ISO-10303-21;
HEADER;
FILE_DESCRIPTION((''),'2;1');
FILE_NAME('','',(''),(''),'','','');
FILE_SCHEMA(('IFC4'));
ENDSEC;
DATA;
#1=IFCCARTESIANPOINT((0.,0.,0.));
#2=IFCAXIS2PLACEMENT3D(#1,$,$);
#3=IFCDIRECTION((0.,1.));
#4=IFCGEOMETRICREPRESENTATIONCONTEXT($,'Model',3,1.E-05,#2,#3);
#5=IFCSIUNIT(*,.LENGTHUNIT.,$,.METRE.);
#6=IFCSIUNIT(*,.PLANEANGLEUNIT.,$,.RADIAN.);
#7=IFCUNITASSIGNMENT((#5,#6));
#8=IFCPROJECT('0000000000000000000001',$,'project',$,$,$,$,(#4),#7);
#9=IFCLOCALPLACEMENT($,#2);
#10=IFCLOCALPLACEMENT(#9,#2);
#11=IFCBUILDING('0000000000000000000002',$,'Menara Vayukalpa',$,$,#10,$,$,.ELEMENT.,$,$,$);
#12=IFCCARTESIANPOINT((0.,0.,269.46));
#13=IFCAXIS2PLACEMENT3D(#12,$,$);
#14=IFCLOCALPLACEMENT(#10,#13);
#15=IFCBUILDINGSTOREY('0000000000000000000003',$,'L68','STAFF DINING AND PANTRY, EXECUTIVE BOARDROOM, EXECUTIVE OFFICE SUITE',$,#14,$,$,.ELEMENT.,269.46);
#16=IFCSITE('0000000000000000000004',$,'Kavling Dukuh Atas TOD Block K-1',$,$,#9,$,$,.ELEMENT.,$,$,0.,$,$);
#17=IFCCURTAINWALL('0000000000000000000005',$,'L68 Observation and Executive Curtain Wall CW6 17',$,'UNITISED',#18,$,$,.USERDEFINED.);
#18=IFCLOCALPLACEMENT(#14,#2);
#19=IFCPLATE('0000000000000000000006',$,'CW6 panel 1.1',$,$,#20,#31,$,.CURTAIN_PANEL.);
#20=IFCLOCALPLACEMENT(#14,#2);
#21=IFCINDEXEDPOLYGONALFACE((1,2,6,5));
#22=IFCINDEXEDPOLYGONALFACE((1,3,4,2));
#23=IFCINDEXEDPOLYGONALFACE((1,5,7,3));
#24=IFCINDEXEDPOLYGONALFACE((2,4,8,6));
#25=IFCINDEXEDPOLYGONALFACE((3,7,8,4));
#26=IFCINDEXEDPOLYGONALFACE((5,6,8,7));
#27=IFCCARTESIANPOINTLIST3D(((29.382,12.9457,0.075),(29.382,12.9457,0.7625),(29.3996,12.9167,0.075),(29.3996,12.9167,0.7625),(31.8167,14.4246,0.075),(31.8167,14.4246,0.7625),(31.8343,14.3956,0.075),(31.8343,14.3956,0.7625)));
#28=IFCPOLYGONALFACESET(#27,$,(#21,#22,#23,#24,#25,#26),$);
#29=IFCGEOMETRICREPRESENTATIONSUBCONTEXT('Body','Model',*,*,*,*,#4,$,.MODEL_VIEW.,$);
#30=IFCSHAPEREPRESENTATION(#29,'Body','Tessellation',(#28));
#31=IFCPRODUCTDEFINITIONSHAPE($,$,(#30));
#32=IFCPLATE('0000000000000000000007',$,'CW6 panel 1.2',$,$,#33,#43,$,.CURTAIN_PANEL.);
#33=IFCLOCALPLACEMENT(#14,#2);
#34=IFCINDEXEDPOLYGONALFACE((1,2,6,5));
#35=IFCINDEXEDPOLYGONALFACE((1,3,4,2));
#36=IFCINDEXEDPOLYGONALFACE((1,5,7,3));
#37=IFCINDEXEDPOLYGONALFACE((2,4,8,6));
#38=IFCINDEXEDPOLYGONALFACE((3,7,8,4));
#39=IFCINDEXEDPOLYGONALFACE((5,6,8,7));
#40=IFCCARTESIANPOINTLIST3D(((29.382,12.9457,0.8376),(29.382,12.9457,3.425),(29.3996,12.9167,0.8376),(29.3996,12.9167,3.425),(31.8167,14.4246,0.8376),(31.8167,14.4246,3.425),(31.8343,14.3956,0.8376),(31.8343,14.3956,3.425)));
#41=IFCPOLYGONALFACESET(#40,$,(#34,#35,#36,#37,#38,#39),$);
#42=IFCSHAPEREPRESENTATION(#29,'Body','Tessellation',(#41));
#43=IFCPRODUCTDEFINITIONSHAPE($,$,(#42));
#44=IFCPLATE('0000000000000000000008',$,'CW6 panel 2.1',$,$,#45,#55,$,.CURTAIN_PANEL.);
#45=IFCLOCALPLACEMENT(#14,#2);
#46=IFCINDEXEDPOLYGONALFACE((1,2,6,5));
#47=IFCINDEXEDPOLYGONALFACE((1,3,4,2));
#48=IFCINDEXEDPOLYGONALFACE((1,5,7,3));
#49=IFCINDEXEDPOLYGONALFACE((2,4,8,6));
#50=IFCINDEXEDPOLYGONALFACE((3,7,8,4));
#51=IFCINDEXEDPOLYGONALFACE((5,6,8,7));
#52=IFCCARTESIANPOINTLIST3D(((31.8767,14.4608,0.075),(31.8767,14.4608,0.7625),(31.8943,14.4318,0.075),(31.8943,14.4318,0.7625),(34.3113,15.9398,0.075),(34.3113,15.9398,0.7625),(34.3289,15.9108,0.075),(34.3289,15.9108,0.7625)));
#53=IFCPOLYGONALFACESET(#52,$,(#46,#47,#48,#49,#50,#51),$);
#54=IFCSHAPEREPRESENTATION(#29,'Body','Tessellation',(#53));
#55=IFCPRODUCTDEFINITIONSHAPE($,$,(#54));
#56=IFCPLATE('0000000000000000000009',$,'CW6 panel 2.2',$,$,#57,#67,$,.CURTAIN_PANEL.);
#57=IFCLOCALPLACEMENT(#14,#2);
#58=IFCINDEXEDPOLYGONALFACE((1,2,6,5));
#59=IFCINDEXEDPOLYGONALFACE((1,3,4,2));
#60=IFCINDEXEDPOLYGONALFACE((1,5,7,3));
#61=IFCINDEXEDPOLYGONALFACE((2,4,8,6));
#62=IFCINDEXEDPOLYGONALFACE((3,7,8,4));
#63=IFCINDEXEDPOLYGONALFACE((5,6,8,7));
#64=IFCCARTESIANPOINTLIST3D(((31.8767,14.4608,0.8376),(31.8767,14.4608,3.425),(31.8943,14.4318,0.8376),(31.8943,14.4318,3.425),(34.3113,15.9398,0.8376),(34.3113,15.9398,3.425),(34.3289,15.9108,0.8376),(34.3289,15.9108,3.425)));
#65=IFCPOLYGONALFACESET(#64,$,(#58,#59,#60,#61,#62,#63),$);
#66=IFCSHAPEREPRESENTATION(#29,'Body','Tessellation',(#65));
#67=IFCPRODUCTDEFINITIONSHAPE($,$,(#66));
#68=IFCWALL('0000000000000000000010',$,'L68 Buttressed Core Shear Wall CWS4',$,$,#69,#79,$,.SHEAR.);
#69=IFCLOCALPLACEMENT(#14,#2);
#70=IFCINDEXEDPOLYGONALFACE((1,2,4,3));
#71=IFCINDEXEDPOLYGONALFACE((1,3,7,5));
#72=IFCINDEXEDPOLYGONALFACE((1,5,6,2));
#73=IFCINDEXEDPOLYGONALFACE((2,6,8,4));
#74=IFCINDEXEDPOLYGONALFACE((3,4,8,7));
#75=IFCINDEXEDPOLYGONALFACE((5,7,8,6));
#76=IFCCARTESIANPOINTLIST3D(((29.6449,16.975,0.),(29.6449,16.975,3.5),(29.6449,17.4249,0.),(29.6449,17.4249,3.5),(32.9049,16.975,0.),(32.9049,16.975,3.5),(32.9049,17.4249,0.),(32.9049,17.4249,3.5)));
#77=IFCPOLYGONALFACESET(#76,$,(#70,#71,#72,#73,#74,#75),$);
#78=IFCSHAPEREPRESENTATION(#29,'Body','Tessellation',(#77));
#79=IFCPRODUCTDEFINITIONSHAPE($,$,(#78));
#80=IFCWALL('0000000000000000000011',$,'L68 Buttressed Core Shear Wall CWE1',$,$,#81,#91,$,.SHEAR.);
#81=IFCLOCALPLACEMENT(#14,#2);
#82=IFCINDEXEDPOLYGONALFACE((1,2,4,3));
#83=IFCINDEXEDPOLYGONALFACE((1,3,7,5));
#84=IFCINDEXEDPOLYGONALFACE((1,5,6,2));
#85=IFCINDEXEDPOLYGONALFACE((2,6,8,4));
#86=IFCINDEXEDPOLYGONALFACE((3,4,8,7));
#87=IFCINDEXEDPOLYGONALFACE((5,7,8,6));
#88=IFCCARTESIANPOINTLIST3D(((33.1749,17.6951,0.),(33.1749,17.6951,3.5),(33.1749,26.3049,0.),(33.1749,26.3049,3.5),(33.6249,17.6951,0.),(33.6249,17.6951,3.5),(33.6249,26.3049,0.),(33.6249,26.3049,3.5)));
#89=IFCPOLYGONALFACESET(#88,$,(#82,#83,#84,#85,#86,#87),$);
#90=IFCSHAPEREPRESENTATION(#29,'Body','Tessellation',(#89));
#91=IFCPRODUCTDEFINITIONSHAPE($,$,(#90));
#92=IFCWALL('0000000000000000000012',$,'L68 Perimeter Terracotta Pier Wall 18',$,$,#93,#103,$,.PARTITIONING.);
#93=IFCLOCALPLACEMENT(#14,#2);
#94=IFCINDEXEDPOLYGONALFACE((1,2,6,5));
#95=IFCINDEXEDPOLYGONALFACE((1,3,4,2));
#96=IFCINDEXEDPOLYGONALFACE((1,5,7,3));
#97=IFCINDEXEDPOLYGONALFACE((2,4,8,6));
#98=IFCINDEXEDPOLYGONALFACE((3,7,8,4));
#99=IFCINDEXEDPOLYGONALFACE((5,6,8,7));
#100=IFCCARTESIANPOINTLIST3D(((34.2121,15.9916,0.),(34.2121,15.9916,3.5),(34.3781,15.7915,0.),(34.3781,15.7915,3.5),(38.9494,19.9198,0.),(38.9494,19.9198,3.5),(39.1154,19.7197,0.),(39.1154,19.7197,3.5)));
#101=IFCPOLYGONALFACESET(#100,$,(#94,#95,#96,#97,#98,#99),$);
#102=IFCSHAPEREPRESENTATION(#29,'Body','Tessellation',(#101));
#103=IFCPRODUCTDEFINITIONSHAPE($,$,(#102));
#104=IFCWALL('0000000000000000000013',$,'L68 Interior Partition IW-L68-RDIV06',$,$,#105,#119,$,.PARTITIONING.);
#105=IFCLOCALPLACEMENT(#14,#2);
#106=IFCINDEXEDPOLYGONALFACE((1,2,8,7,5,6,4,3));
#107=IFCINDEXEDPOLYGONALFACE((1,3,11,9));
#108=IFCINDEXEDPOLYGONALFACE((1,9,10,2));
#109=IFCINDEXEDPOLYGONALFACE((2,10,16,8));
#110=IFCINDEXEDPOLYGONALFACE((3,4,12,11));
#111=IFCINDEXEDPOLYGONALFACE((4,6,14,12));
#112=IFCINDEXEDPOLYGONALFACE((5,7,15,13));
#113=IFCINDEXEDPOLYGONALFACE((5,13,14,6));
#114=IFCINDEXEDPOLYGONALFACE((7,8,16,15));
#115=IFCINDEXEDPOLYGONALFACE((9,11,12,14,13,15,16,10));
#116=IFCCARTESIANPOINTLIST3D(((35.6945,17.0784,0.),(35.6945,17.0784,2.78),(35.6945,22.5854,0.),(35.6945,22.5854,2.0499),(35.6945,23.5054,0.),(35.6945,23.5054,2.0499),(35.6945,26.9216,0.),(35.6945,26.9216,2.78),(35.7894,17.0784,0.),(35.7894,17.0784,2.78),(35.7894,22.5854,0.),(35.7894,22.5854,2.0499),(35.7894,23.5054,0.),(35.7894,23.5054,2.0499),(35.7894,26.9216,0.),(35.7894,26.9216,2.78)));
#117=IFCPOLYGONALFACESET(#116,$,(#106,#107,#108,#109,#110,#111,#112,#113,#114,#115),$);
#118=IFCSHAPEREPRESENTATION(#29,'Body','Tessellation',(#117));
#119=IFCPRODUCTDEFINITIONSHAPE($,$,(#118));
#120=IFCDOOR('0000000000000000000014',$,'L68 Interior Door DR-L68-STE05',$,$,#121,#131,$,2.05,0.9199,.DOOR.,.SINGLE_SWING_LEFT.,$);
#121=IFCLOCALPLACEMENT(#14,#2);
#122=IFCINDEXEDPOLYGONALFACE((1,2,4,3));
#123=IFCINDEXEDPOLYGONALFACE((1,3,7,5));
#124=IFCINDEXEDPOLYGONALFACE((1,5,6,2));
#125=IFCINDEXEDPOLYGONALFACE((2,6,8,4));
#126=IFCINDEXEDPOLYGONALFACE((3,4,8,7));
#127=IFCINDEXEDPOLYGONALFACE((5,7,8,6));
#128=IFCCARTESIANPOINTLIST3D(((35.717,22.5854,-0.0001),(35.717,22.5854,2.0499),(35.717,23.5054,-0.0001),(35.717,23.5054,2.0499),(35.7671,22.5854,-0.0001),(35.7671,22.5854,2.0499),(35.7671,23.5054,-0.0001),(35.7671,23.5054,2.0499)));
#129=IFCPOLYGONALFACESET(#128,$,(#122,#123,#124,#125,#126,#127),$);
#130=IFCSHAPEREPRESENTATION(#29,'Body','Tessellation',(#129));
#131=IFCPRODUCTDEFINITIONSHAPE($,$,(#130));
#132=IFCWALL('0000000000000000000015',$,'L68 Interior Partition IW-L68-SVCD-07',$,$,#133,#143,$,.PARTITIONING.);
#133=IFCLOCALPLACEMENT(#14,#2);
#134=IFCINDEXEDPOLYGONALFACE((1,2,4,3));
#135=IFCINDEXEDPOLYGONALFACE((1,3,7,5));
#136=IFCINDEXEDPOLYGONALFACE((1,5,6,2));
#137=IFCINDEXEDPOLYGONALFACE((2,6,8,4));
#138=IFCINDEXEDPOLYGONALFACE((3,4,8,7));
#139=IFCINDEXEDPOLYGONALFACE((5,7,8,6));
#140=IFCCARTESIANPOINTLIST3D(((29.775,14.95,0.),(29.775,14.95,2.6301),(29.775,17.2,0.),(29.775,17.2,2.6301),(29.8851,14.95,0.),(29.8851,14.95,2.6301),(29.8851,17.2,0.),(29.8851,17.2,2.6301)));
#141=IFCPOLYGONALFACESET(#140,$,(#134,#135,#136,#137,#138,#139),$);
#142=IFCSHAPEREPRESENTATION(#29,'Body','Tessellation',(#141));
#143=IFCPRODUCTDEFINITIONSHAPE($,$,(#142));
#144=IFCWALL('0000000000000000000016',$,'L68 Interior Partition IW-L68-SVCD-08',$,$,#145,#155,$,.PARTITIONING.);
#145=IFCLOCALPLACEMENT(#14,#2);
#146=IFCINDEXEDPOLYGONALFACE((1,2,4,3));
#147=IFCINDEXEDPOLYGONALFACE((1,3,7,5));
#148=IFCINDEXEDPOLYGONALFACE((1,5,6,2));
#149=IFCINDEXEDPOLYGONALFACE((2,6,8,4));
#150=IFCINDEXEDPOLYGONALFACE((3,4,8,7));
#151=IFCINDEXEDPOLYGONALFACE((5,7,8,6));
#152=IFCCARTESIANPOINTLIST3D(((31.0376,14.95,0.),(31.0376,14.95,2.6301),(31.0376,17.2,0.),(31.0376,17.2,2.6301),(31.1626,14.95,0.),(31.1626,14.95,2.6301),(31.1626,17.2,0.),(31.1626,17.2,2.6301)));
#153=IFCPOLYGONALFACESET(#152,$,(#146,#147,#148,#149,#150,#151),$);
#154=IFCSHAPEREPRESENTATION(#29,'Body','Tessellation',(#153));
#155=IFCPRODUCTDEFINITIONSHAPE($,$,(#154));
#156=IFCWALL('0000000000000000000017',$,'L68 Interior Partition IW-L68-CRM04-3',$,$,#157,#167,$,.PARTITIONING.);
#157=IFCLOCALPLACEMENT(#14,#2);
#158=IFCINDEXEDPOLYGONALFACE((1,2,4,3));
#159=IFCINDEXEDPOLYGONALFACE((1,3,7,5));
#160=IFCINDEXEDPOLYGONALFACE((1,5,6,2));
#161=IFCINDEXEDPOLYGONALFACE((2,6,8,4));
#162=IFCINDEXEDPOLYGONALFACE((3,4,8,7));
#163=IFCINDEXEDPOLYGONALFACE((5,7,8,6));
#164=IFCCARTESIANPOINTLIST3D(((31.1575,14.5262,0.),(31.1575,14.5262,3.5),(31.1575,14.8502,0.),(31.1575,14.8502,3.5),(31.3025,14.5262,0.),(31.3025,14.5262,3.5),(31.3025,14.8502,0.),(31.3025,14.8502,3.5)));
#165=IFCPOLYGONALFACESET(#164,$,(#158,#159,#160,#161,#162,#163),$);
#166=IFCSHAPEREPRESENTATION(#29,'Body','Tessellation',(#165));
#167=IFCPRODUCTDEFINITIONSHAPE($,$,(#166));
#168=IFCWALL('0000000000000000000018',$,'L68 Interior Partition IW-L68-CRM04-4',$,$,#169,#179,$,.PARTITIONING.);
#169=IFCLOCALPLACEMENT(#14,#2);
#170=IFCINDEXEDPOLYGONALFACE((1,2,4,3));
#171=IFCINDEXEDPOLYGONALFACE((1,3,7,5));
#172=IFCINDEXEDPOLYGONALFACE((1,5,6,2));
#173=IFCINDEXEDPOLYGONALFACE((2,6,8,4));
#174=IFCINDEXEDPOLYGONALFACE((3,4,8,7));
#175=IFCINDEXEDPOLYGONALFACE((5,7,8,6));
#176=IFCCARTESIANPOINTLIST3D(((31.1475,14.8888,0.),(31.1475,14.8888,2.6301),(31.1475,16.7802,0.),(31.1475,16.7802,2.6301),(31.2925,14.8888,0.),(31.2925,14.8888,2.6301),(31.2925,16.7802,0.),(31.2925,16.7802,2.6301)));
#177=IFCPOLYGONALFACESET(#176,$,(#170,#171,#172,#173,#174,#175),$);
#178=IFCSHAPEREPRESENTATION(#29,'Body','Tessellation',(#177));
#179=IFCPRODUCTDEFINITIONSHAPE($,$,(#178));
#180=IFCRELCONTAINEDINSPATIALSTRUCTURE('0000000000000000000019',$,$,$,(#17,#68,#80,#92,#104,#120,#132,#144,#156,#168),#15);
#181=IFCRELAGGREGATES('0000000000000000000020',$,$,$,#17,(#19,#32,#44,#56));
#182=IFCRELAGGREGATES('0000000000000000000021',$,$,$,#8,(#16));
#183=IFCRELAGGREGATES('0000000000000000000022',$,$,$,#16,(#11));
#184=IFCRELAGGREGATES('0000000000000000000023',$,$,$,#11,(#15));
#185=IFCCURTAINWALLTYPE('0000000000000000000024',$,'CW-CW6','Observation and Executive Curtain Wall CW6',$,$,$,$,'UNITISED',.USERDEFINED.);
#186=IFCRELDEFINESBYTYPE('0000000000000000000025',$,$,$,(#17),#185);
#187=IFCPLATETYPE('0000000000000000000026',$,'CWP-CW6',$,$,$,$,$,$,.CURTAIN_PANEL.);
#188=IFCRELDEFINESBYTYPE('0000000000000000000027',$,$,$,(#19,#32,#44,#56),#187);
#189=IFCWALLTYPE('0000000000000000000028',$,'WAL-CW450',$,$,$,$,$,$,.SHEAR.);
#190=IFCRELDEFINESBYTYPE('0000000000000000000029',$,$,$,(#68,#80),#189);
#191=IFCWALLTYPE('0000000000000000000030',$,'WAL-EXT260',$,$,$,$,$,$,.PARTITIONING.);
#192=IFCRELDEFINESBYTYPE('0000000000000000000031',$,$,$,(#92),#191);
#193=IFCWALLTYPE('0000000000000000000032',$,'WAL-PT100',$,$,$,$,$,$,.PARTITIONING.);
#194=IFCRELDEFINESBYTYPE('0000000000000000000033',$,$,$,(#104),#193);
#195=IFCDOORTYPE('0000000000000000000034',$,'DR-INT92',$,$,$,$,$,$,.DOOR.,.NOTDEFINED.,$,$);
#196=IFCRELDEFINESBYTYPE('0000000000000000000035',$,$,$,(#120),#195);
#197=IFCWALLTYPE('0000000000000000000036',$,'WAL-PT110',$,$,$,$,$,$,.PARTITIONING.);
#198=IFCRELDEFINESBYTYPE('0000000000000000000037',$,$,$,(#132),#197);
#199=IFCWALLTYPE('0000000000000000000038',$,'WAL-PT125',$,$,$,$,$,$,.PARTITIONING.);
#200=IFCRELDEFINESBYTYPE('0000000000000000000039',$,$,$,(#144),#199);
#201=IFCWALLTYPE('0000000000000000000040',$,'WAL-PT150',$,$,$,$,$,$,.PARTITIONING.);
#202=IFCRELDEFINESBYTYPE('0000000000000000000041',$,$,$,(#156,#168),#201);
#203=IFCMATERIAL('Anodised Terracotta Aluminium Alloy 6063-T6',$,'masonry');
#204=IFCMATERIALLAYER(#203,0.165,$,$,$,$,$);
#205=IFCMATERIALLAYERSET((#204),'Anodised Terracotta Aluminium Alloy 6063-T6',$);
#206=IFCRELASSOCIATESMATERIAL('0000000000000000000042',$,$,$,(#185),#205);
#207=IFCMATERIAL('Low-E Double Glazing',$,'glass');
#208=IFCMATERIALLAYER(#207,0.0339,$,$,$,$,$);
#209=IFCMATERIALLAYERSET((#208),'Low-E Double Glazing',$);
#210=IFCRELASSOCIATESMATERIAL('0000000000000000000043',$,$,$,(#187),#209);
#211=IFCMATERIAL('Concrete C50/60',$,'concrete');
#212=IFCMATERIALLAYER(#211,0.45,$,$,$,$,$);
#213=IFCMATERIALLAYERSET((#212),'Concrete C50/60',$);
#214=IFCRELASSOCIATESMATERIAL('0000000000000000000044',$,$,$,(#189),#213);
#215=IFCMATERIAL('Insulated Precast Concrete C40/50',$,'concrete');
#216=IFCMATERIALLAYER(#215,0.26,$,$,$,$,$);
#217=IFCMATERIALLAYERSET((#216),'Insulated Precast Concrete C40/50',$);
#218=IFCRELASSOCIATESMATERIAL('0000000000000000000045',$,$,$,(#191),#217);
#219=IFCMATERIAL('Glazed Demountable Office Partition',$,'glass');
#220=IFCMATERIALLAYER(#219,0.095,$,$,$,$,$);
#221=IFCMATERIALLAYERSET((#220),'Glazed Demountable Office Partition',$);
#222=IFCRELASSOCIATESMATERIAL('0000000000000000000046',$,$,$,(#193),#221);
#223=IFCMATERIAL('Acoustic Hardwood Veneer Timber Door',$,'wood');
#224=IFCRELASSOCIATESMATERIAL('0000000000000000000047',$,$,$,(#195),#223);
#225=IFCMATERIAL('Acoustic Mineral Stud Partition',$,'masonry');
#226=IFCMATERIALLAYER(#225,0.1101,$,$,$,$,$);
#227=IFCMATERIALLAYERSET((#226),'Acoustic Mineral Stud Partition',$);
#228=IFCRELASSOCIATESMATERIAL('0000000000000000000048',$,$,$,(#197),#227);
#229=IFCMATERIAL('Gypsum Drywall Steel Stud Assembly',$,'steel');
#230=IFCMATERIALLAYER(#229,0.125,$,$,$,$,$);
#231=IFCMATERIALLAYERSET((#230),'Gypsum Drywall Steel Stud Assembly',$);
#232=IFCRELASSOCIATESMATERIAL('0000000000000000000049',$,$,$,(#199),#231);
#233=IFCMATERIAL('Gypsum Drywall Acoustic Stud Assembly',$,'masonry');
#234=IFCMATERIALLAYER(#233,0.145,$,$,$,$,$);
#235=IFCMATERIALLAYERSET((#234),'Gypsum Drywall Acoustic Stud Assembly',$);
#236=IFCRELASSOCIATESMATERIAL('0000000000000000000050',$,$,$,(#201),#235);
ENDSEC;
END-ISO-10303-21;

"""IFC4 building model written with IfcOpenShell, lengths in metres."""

from ifc_helpers import new_model, si_unit, direction, frame, frame_2d, origin, origin_2d, place, context, subcontext, project, spatial, rectangle, extrude, material, layer, layer_set, type_object, element, fill, aggregate, save


model = new_model("IFC4")

# Units and contexts
model_context = context("Model", 3, precision=1e-05, world=origin(), true_north=direction((0.0, 1.0)))
body_context = subcontext(model_context, "Body", "Model", "MODEL_VIEW")
ifc_project = project(units=[si_unit("LENGTHUNIT", "METRE"), si_unit("PLANEANGLEUNIT", "RADIAN")], contexts=[model_context])

# Site, building, storey
site_placement = place(None, origin())
site = spatial("IfcSite", under=ifc_project, at=site_placement, Name="Kavling Dukuh Atas TOD Block K-1", CompositionType="ELEMENT", RefElevation=0.0)
building_placement = place(site_placement, origin())
building = spatial("IfcBuilding", under=site, at=building_placement, Name="Menara Vayukalpa", CompositionType="ELEMENT")
storey_placement = place(building_placement, frame((0.0, 0.0, 269.46)))
storey = spatial("IfcBuildingStorey", under=building, at=storey_placement, Name="L68", Description="STAFF DINING AND PANTRY, EXECUTIVE BOARDROOM, EXECUTIVE OFFICE SUITE", CompositionType="ELEMENT", Elevation=269.46)

# Curtain wall, plates
ifc_material_1 = material(Name="Anodised Terracotta Aluminium Alloy 6063-T6", Category="masonry")
ifc_layer_1 = layer(ifc_material_1, 0.165)
ifc_layer_set_1 = layer_set([ifc_layer_1], Name="Anodised Terracotta Aluminium Alloy 6063-T6")
curtain_wall_type = type_object("IfcCurtainWallType", Name="CW-CW6", Description="Observation and Executive Curtain Wall CW6", ElementType="UNITISED", PredefinedType="USERDEFINED", material=ifc_layer_set_1)
curtain_wall_placement = place(storey_placement, origin())
curtain_wall = element("IfcCurtainWall", 1, at=curtain_wall_placement, inside=storey, type_object=curtain_wall_type, Name="L68 Observation and Executive Curtain Wall CW6 17", ObjectType="UNITISED", PredefinedType="USERDEFINED")
ifc_material_2 = material(Name="Low-E Double Glazing", Category="glass")
ifc_layer_2 = layer(ifc_material_2, 0.0339)
ifc_layer_set_2 = layer_set([ifc_layer_2], Name="Low-E Double Glazing")
plate_type = type_object("IfcPlateType", Name="CWP-CW6", PredefinedType="CURTAIN_PANEL", material=ifc_layer_set_2)
plate_1_placement = place(storey_placement, frame((30.6082, 13.6707, 0.075), z_axis=(0.0, 0.0, 1.0), x_axis=(0.854668, 0.519176, 0.0)))
plate_1 = element("IfcPlate", 2, at=plate_1_placement, type_object=plate_type, Name="CW6 panel 1.1", PredefinedType="CURTAIN_PANEL", context=body_context, shape_type="SweptSolid", body=[
    extrude(rectangle(XDim=2.8486, YDim=0.0339, at=origin_2d()), origin(), (0.0, 0.0, 1.0), 0.6875),
])
plate_2_placement = place(storey_placement, frame((30.6082, 13.6707, 0.8376), z_axis=(0.0, 0.0, 1.0), x_axis=(0.854668, 0.519176, 0.0)))
plate_2 = element("IfcPlate", 3, at=plate_2_placement, type_object=plate_type, Name="CW6 panel 1.2", PredefinedType="CURTAIN_PANEL", context=body_context, shape_type="SweptSolid", body=[
    extrude(rectangle(XDim=2.8486, YDim=0.0339, at=origin_2d()), origin(), (0.0, 0.0, 1.0), 2.5874),
])
plate_3_placement = place(storey_placement, frame((33.1028, 15.1858, 0.075), z_axis=(0.0, 0.0, 1.0), x_axis=(0.854668, 0.519176, 0.0)))
plate_3 = element("IfcPlate", 4, at=plate_3_placement, type_object=plate_type, Name="CW6 panel 2.1", PredefinedType="CURTAIN_PANEL", context=body_context, shape_type="SweptSolid", body=[
    extrude(rectangle(XDim=2.8486, YDim=0.0339, at=origin_2d()), origin(), (0.0, 0.0, 1.0), 0.6875),
])
plate_4_placement = place(storey_placement, frame((33.1028, 15.1858, 0.8376), z_axis=(0.0, 0.0, 1.0), x_axis=(0.854668, 0.519176, 0.0)))
plate_4 = element("IfcPlate", 5, at=plate_4_placement, type_object=plate_type, Name="CW6 panel 2.2", PredefinedType="CURTAIN_PANEL", context=body_context, shape_type="SweptSolid", body=[
    extrude(rectangle(XDim=2.8486, YDim=0.0339, at=origin_2d()), origin(), (0.0, 0.0, 1.0), 2.5874),
])
aggregate(curtain_wall, [plate_1, plate_2, plate_3, plate_4])

# Walls
ifc_material_3 = material(Name="Concrete C50/60", Category="concrete")
ifc_layer_3 = layer(ifc_material_3, 0.45)
ifc_layer_set_3 = layer_set([ifc_layer_3], Name="Concrete C50/60")
wall_type_1 = type_object("IfcWallType", Name="WAL-CW450", PredefinedType="SHEAR", material=ifc_layer_set_3)
wall_1_placement = place(storey_placement, frame((29.645, 17.2, 0.0), z_axis=(0.0, 0.0, 1.0), x_axis=(1.0, 0.0, 0.0)))
element("IfcWall", 6, at=wall_1_placement, inside=storey, type_object=wall_type_1, Name="L68 Buttressed Core Shear Wall CWS4", PredefinedType="SHEAR", context=body_context, shape_type="SweptSolid", body=[
    extrude(rectangle(XDim=3.26, YDim=0.45, at=frame_2d((1.6299, 0.0))), origin(), (0.0, 0.0, 1.0), 3.5),
])
wall_2_placement = place(storey_placement, frame((33.3999, 17.6951, 0.0), z_axis=(0.0, 0.0, 1.0), x_axis=(0.0, 1.0, 0.0)))
element("IfcWall", 7, at=wall_2_placement, inside=storey, type_object=wall_type_1, Name="L68 Buttressed Core Shear Wall CWE1", PredefinedType="SHEAR", context=body_context, shape_type="SweptSolid", body=[
    extrude(rectangle(XDim=8.6099, YDim=0.45, at=frame_2d((4.3049, 0.0))), origin(), (0.0, 0.0, 1.0), 3.5),
])
ifc_material_4 = material(Name="Insulated Precast Concrete C40/50", Category="concrete")
ifc_layer_4 = layer(ifc_material_4, 0.26)
ifc_layer_set_4 = layer_set([ifc_layer_4], Name="Insulated Precast Concrete C40/50")
wall_type_2 = type_object("IfcWallType", Name="WAL-EXT260", PredefinedType="PARTITIONING", material=ifc_layer_set_4)
wall_3_placement = place(storey_placement, frame((39.0325, 19.8198, 0.0), z_axis=(0.0, 0.0, 1.0), x_axis=(-0.76978, -0.638309, 0.0)))
element("IfcWall", 8, at=wall_3_placement, inside=storey, type_object=wall_type_2, Name="L68 Perimeter Terracotta Pier Wall 18", PredefinedType="PARTITIONING", context=body_context, shape_type="SweptSolid", body=[
    extrude(rectangle(XDim=6.1541, YDim=0.26, at=frame_2d((3.0771, 0.0))), origin(), (0.0, 0.0, 1.0), 3.5),
])

# Wall, opening, door
ifc_material_5 = material(Name="Glazed Demountable Office Partition", Category="glass")
ifc_layer_5 = layer(ifc_material_5, 0.095)
ifc_layer_set_5 = layer_set([ifc_layer_5], Name="Glazed Demountable Office Partition")
wall_type_3 = type_object("IfcWallType", Name="WAL-PT100", PredefinedType="PARTITIONING", material=ifc_layer_set_5)
wall_4_placement = place(storey_placement, frame((35.7419, 17.0784, 0.0), z_axis=(0.0, 0.0, 1.0), x_axis=(0.0, 1.0, 0.0)))
wall_4 = element("IfcWall", 9, at=wall_4_placement, inside=storey, type_object=wall_type_3, Name="L68 Interior Partition IW-L68-RDIV06", PredefinedType="PARTITIONING", context=body_context, shape_type="SweptSolid", body=[
    extrude(rectangle(XDim=9.8433, YDim=0.095, at=frame_2d((4.9216, 0.0))), origin(), (0.0, 0.0, 1.0), 2.78),
])
opening_placement = place(wall_4_placement, frame((5.5071, 0.0, 0.0)))
opening = element("IfcOpeningElement", 10, at=opening_placement, cuts=wall_4, PredefinedType="OPENING", context=body_context, shape_type="SweptSolid", body=[
    extrude(rectangle(XDim=0.9199, YDim=2.05, at=frame_2d((0.46, 1.0249))), frame((0.0, 0.0574, 0.0), z_axis=(0.0, -1.0, 0.0), x_axis=(1.0, 0.0, 0.0)), (0.0, 0.0, 1.0), 0.115),
])
ifc_material_6 = material(Name="Acoustic Hardwood Veneer Timber Door", Category="wood")
door_type = type_object("IfcDoorType", Name="DR-INT92", OperationType="NOTDEFINED", PredefinedType="DOOR", material=ifc_material_6)
door_placement = place(opening_placement, origin())
door = element("IfcDoor", 11, at=door_placement, inside=storey, type_object=door_type, Name="L68 Interior Door DR-L68-STE05", OperationType="SINGLE_SWING_LEFT", OverallHeight=2.05, OverallWidth=0.9199, PredefinedType="DOOR", context=body_context, shape_type="SweptSolid", body=[
    extrude(rectangle(XDim=0.9199, YDim=2.05, at=frame_2d((0.46, 1.0249))), frame((0.0, 0.0249, 0.0), z_axis=(0.0, -1.0, 0.0), x_axis=(1.0, 0.0, 0.0)), (0.0, 0.0, 1.0), 0.05),
])
fill(opening, door)

# Walls
ifc_material_7 = material(Name="Acoustic Mineral Stud Partition", Category="masonry")
ifc_layer_6 = layer(ifc_material_7, 0.1101)
ifc_layer_set_6 = layer_set([ifc_layer_6], Name="Acoustic Mineral Stud Partition")
wall_type_4 = type_object("IfcWallType", Name="WAL-PT110", PredefinedType="PARTITIONING", material=ifc_layer_set_6)
wall_5_placement = place(storey_placement, frame((29.8301, 14.95, 0.0), z_axis=(0.0, 0.0, 1.0), x_axis=(0.0, 1.0, 0.0)))
element("IfcWall", 12, at=wall_5_placement, inside=storey, type_object=wall_type_4, Name="L68 Interior Partition IW-L68-SVCD-07", PredefinedType="PARTITIONING", context=body_context, shape_type="SweptSolid", body=[
    extrude(rectangle(XDim=2.25, YDim=0.1101, at=frame_2d((1.125, 0.0))), origin(), (0.0, 0.0, 1.0), 2.6301),
])
ifc_material_8 = material(Name="Gypsum Drywall Steel Stud Assembly", Category="steel")
ifc_layer_7 = layer(ifc_material_8, 0.125)
ifc_layer_set_7 = layer_set([ifc_layer_7], Name="Gypsum Drywall Steel Stud Assembly")
wall_type_5 = type_object("IfcWallType", Name="WAL-PT125", PredefinedType="PARTITIONING", material=ifc_layer_set_7)
wall_6_placement = place(storey_placement, frame((31.1001, 14.95, 0.0), z_axis=(0.0, 0.0, 1.0), x_axis=(0.0, 1.0, 0.0)))
element("IfcWall", 13, at=wall_6_placement, inside=storey, type_object=wall_type_5, Name="L68 Interior Partition IW-L68-SVCD-08", PredefinedType="PARTITIONING", context=body_context, shape_type="SweptSolid", body=[
    extrude(rectangle(XDim=2.25, YDim=0.125, at=frame_2d((1.125, 0.0))), origin(), (0.0, 0.0, 1.0), 2.6301),
])
ifc_material_9 = material(Name="Gypsum Drywall Acoustic Stud Assembly", Category="masonry")
ifc_layer_8 = layer(ifc_material_9, 0.145)
ifc_layer_set_8 = layer_set([ifc_layer_8], Name="Gypsum Drywall Acoustic Stud Assembly")
wall_type_6 = type_object("IfcWallType", Name="WAL-PT150", PredefinedType="PARTITIONING", material=ifc_layer_set_8)
wall_7_placement = place(storey_placement, frame((31.23, 14.5261, 0.0), z_axis=(0.0, 0.0, 1.0), x_axis=(0.0, 1.0, 0.0)))
element("IfcWall", 14, at=wall_7_placement, inside=storey, type_object=wall_type_6, Name="L68 Interior Partition IW-L68-CRM04-3", PredefinedType="PARTITIONING", context=body_context, shape_type="SweptSolid", body=[
    extrude(rectangle(XDim=0.324, YDim=0.145, at=frame_2d((0.1621, 0.0))), origin(), (0.0, 0.0, 1.0), 3.5),
])
wall_8_placement = place(storey_placement, frame((31.22, 14.8887, 0.0), z_axis=(0.0, 0.0, 1.0), x_axis=(0.0, 1.0, 0.0)))
element("IfcWall", 15, at=wall_8_placement, inside=storey, type_object=wall_type_6, Name="L68 Interior Partition IW-L68-CRM04-4", PredefinedType="PARTITIONING", context=body_context, shape_type="SweptSolid", body=[
    extrude(rectangle(XDim=1.8914, YDim=0.145, at=frame_2d((0.9458, 0.0))), origin(), (0.0, 0.0, 1.0), 2.6301),
])

save(model, "model.ifc")
